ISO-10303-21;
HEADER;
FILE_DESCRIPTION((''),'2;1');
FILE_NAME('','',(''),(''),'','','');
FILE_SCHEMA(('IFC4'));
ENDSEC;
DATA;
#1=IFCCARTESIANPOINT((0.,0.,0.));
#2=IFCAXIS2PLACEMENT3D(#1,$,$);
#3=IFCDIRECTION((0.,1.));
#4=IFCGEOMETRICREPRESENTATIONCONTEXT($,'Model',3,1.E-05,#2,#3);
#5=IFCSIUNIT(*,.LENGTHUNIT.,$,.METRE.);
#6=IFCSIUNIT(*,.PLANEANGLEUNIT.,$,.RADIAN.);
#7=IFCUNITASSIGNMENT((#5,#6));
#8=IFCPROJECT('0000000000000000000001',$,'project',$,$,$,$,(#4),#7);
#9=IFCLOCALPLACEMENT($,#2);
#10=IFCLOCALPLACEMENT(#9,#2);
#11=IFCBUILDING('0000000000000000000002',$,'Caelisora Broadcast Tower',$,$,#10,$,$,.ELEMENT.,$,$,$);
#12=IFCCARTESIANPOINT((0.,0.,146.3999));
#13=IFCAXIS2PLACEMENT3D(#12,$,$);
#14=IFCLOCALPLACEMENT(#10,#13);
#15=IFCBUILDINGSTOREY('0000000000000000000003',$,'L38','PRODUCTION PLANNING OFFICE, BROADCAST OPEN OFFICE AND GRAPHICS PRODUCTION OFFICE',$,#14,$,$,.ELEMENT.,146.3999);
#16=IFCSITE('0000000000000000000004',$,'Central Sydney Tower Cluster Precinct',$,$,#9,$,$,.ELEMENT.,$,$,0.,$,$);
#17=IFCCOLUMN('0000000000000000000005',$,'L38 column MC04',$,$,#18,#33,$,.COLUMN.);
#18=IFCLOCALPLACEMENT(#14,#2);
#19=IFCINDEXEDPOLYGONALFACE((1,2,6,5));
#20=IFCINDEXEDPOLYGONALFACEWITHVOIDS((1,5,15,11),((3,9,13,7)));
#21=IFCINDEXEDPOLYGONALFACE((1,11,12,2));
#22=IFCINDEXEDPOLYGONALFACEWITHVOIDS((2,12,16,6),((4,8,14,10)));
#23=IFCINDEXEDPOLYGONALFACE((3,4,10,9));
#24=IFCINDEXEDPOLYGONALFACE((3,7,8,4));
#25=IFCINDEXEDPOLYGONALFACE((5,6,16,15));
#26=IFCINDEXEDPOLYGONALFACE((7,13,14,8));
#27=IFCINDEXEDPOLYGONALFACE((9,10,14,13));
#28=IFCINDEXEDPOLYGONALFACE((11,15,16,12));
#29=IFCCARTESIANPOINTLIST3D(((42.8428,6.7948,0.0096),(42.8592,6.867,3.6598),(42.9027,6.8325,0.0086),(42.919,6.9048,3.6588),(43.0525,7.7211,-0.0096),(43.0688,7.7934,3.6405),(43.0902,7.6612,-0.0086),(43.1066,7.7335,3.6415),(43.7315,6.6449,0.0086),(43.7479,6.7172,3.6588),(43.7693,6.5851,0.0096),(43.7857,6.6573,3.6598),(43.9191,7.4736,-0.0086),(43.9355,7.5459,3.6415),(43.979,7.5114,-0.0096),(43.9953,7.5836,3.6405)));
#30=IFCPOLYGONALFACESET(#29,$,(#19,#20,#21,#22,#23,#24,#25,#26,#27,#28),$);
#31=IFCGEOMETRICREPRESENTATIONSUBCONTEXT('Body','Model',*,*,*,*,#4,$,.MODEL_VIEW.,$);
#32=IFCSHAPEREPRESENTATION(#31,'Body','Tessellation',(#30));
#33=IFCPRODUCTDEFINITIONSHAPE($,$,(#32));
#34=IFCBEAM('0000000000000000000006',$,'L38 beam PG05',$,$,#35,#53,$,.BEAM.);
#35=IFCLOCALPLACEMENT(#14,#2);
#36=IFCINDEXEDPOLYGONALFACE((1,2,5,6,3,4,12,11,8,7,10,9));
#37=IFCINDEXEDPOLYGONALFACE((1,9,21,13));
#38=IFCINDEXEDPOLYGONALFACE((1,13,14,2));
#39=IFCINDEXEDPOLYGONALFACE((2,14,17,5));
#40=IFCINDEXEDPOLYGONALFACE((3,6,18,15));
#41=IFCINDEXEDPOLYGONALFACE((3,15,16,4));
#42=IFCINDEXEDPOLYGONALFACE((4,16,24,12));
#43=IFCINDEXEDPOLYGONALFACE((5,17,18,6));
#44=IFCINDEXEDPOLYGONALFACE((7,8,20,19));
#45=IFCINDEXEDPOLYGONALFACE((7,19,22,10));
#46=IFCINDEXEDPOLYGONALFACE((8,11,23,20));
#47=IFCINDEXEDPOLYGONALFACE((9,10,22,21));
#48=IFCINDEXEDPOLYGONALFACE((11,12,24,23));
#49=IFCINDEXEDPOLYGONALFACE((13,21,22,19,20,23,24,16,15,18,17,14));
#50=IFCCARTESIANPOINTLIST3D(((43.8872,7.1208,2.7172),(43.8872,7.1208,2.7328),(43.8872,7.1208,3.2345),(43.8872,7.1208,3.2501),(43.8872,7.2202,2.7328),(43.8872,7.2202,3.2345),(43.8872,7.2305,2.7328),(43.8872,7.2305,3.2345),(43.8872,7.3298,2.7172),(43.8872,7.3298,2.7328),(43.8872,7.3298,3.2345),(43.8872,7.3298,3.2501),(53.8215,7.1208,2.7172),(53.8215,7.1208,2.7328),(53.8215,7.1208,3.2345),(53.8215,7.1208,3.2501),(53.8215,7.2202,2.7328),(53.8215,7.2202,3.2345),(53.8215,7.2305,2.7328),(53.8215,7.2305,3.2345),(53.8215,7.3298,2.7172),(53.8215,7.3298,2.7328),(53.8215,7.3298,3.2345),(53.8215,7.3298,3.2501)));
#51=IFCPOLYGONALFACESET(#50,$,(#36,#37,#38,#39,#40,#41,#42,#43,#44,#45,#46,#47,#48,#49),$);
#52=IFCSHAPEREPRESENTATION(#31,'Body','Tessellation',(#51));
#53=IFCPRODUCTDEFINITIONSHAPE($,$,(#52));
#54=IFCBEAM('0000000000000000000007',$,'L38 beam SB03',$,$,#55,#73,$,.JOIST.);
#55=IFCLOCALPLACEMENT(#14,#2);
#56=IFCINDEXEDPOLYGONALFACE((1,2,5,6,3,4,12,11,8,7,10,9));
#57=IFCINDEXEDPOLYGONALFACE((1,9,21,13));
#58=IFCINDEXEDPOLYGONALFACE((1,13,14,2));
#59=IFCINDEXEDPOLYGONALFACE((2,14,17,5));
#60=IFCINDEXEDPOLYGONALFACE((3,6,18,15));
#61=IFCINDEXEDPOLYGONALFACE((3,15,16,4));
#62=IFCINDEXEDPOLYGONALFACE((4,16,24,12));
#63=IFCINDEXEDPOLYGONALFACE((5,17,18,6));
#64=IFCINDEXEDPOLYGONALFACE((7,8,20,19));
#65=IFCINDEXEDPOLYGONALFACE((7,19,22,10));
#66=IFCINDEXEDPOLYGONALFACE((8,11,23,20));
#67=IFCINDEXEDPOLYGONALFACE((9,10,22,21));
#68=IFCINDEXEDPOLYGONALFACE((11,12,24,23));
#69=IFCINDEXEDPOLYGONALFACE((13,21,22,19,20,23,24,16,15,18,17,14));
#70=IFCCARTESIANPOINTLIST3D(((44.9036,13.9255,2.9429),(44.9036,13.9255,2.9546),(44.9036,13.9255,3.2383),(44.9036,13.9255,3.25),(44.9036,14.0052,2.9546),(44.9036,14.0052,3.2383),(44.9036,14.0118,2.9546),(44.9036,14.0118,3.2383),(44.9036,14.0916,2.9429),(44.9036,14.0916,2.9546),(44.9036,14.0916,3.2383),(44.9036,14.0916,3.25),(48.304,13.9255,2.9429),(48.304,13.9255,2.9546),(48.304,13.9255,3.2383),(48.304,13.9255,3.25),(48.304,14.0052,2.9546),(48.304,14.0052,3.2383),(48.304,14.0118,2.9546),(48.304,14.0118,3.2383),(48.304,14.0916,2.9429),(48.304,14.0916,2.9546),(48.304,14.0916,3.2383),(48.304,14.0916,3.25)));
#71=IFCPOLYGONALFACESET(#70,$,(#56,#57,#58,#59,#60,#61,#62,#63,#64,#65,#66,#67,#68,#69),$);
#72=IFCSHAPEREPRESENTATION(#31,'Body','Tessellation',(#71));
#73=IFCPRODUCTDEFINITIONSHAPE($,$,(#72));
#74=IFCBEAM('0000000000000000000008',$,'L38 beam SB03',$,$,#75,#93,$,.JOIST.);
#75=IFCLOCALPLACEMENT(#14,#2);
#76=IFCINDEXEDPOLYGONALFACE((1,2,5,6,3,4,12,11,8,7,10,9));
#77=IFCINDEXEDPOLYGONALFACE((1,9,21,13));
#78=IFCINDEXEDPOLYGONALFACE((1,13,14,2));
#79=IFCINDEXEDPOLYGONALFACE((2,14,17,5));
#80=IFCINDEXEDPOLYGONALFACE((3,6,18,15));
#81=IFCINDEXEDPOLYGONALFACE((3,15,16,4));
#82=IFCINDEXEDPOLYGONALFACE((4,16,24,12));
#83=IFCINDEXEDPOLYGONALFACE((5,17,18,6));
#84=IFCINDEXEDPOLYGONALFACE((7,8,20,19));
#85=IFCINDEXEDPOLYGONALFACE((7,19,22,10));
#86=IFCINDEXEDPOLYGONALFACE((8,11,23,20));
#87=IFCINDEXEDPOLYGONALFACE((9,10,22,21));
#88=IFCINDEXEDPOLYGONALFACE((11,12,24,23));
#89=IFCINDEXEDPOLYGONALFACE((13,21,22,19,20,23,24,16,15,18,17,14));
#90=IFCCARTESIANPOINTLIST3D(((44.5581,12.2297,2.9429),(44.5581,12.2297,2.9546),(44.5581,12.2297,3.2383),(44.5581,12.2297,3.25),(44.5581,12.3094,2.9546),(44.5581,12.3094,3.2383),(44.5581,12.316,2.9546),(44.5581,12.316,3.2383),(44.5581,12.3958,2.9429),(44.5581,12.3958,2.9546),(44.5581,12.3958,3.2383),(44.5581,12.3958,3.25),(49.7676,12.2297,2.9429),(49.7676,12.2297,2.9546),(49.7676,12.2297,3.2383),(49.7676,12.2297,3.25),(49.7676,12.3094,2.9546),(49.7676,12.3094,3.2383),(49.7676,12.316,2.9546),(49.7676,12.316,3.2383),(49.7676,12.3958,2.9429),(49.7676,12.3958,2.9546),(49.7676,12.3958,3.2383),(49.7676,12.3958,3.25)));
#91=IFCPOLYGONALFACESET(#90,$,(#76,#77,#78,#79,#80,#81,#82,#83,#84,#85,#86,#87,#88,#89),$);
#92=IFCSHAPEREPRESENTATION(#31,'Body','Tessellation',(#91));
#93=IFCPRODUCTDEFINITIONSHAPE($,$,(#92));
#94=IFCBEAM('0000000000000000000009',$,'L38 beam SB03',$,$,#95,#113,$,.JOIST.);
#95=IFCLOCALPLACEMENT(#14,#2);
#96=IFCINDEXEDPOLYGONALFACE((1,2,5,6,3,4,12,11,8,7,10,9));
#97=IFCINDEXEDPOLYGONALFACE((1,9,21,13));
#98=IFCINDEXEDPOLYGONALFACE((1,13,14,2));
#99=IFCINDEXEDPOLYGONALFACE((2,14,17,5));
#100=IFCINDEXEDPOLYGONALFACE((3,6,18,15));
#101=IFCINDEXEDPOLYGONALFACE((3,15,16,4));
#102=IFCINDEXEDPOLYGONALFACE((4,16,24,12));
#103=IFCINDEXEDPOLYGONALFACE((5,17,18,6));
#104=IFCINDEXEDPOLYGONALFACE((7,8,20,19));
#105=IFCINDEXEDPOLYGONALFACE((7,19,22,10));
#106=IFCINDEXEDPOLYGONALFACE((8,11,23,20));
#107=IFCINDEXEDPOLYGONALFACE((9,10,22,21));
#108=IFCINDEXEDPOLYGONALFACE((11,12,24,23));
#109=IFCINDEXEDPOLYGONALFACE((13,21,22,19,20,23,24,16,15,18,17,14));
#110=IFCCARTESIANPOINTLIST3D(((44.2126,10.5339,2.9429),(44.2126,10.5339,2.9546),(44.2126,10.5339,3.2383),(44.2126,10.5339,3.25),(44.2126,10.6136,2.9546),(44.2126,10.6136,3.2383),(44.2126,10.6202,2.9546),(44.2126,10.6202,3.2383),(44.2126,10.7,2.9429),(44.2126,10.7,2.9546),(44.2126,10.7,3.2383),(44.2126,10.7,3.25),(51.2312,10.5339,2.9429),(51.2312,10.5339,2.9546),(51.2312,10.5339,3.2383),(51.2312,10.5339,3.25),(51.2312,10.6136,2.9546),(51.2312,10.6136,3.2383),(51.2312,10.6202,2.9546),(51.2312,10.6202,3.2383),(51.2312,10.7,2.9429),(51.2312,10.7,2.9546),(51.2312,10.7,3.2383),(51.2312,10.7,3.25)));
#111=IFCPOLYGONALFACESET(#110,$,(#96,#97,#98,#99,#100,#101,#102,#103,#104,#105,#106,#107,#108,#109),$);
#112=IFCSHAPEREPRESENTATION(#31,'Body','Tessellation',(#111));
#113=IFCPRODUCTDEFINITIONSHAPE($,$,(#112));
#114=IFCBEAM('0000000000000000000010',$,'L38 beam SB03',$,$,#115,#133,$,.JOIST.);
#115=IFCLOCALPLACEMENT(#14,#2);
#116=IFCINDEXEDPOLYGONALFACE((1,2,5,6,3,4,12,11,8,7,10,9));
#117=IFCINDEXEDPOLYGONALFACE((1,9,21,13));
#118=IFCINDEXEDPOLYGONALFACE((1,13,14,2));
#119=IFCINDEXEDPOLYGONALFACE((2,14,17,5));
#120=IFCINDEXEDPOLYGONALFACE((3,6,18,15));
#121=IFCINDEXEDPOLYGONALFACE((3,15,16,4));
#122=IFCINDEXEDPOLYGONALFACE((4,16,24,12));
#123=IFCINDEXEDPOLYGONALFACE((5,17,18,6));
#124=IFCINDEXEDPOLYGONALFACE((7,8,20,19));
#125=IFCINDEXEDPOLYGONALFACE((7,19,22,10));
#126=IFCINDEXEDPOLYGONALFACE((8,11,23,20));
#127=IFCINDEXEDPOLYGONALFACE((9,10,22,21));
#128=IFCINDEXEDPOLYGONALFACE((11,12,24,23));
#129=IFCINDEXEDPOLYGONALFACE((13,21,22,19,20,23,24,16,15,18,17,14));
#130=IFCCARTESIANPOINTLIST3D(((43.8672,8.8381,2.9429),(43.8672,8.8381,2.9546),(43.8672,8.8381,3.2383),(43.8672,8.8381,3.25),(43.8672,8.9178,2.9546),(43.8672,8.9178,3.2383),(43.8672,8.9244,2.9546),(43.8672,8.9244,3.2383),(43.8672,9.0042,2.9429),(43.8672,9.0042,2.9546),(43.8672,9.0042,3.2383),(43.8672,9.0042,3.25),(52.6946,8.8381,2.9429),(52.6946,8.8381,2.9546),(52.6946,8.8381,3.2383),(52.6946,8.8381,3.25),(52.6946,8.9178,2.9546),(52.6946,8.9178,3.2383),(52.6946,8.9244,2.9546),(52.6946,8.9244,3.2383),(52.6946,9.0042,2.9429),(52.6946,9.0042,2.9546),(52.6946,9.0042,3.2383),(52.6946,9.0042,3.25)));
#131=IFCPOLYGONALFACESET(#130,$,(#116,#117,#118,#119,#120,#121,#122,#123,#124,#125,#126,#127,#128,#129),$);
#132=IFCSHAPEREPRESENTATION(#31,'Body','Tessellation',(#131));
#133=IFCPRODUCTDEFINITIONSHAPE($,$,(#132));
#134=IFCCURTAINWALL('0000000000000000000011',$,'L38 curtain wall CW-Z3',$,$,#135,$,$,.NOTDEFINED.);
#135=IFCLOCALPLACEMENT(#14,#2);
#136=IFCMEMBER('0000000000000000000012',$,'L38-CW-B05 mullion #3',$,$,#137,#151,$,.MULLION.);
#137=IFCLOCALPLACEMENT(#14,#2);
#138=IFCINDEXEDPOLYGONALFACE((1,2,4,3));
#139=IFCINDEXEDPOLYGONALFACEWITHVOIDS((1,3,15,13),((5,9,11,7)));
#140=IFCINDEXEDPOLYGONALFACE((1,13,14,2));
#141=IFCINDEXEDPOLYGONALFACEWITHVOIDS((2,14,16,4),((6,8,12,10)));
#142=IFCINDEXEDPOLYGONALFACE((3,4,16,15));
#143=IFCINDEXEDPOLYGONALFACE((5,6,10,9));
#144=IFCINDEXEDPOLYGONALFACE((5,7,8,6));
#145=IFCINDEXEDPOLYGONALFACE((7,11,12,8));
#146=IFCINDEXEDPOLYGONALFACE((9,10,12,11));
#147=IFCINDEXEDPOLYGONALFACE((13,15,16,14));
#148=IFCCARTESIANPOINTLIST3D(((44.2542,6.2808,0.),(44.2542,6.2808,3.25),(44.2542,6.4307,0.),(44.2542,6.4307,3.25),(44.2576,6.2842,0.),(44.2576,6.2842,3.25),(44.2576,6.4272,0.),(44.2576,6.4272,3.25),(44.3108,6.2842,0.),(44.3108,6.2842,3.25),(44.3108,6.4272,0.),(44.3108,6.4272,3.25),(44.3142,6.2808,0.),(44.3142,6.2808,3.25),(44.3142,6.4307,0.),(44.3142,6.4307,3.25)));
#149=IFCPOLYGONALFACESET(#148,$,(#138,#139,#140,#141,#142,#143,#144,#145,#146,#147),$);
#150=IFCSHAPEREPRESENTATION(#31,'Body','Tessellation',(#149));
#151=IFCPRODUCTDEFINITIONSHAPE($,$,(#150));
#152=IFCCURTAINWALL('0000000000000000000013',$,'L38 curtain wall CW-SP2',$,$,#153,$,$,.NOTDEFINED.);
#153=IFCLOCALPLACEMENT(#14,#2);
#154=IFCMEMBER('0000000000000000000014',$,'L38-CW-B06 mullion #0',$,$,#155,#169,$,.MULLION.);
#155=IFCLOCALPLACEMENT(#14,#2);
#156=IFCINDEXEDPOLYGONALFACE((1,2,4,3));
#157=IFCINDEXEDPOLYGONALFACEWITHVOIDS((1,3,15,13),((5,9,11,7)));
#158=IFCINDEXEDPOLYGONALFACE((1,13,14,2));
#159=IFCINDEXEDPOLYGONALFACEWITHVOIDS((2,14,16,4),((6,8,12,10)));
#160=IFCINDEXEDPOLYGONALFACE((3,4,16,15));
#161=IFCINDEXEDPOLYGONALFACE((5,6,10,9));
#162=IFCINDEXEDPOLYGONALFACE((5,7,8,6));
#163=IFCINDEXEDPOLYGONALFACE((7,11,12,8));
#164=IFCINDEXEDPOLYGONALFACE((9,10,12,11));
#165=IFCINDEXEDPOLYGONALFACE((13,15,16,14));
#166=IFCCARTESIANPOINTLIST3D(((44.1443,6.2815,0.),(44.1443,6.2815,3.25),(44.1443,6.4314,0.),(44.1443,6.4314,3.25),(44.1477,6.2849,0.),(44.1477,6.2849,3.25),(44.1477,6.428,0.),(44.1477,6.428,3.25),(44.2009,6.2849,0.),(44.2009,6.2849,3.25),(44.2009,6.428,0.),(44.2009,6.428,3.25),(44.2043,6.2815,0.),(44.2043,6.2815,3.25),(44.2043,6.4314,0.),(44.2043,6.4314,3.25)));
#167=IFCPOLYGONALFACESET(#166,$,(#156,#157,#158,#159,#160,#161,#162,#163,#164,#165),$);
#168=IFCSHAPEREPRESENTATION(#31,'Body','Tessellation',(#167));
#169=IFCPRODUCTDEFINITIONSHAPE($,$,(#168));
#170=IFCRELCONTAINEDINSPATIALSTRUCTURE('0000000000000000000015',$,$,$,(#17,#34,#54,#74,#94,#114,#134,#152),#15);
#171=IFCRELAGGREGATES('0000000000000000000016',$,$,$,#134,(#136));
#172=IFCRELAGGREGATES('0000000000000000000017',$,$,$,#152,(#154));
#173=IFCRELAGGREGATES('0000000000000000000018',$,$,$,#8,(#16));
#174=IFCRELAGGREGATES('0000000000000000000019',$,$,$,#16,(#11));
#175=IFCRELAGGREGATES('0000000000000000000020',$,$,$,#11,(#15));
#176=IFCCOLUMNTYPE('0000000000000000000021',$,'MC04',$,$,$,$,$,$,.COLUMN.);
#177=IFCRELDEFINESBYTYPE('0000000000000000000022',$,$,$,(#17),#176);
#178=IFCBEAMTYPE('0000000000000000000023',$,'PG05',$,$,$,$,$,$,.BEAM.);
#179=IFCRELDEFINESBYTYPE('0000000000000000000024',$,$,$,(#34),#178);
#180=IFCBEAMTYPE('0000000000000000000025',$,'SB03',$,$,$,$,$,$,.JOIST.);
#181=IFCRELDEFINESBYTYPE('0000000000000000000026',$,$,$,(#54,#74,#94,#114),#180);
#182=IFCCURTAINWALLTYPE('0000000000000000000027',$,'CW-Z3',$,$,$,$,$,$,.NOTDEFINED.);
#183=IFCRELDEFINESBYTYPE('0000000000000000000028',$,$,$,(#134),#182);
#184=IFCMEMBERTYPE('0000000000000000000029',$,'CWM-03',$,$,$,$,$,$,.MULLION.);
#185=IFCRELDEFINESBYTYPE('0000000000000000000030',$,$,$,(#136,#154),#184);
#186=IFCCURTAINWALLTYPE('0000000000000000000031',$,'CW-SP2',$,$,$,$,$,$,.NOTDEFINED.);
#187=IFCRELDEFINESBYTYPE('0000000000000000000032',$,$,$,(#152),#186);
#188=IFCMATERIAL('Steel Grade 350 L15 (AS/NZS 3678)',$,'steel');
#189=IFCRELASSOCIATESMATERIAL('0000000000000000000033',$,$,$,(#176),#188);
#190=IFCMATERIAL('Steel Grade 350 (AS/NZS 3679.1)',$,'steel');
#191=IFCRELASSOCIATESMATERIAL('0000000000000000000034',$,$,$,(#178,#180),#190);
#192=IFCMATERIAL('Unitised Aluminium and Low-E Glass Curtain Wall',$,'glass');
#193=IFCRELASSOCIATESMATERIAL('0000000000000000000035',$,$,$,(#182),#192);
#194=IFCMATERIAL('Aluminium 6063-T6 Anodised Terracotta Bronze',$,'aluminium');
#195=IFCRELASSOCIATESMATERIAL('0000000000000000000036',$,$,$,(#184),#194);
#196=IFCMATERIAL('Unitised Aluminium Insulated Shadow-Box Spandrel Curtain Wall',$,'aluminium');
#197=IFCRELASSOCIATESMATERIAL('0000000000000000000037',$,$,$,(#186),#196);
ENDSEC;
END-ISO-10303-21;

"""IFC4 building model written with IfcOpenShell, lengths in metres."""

from ifc_helpers import new_model, si_unit, direction, frame, origin, origin_2d, place, context, subcontext, project, spatial, hollow_rectangle, i_section, extrude, source, transform, mapped, material, material_profile, profile_set, type_object, type_shapes, element, aggregate, save


model = new_model("IFC4")

# Units and contexts
model_context = context("Model", 3, precision=1e-05, world=origin(), true_north=direction((0.0, 1.0)))
body_context = subcontext(model_context, "Body", "Model", "MODEL_VIEW")
ifc_project = project(units=[si_unit("LENGTHUNIT", "METRE"), si_unit("PLANEANGLEUNIT", "RADIAN")], contexts=[model_context])

# Site, building, storey
site_placement = place(None, origin())
site = spatial("IfcSite", under=ifc_project, at=site_placement, Name="Central Sydney Tower Cluster Precinct", CompositionType="ELEMENT", RefElevation=0.0)
building_placement = place(site_placement, origin())
building = spatial("IfcBuilding", under=site, at=building_placement, Name="Caelisora Broadcast Tower", CompositionType="ELEMENT")
storey_placement = place(building_placement, frame((0.0, 0.0, 146.3999)))
storey = spatial("IfcBuildingStorey", under=building, at=storey_placement, Name="L38", Description="PRODUCTION PLANNING OFFICE, BROADCAST OPEN OFFICE AND GRAPHICS PRODUCTION OFFICE", CompositionType="ELEMENT", Elevation=146.3999)

# Column
ifc_material_1 = material(Name="Steel Grade 350 L15 (AS/NZS 3678)", Category="steel")
ifc_material_profile_1 = material_profile(ifc_material_1, hollow_rectangle(XDim=0.95, YDim=0.95, WallThickness=0.05, at=origin_2d()), Name="Steel Grade 350 L15 (AS/NZS 3678)")
ifc_profile_set_1 = profile_set([ifc_material_profile_1], Name="Steel Grade 350 L15 (AS/NZS 3678)")
column_type = type_object("IfcColumnType", Name="MC04", PredefinedType="COLUMN", material=ifc_profile_set_1)
shared_shape_1 = source(origin(), body_context, "Body", "SweptSolid", [
    extrude(hollow_rectangle(XDim=0.95, YDim=0.95, WallThickness=0.05, at=origin_2d()), origin(), (0.0, 0.0, 1.0), 3.6509),
])
type_shapes(column_type, [shared_shape_1])
column_placement = place(storey_placement, frame((43.4109, 7.1531, 0.0), z_axis=(0.00448, 0.019794, 0.999794), x_axis=(-0.975327, 0.220767, 0.0)))
element("IfcColumn", 1, at=column_placement, inside=storey, type_object=column_type, Name="L38 column MC04", PredefinedType="COLUMN", context=body_context, shape_type="MappedRepresentation", body=[
    mapped(shared_shape_1, transform((0.0, 0.0, 0.0), scale=1.0)),
])

# Beams
ifc_material_2 = material(Name="Steel Grade 350 (AS/NZS 3679.1)", Category="steel")
ifc_material_profile_2 = material_profile(ifc_material_2, i_section(OverallWidth=0.209, OverallDepth=0.533, WebThickness=0.0103, FlangeThickness=0.0156, at=origin_2d()), Name="Steel Grade 350 (AS/NZS 3679.1)")
ifc_profile_set_2 = profile_set([ifc_material_profile_2], Name="Steel Grade 350 (AS/NZS 3679.1)")
beam_type_1 = type_object("IfcBeamType", Name="PG05", PredefinedType="BEAM", material=ifc_profile_set_2)
shared_shape_2 = source(origin(), body_context, "Body", "SweptSolid", [
    extrude(i_section(OverallWidth=0.209, OverallDepth=0.533, WebThickness=0.0103, FlangeThickness=0.0156, at=origin_2d()), origin(), (0.0, 0.0, 1.0), 9.9343),
])
type_shapes(beam_type_1, [shared_shape_2])
beam_1_placement = place(storey_placement, frame((43.8872, 7.2253, 2.9836), z_axis=(1.0, 0.0, 0.0), x_axis=(0.0, 1.0, 0.0)))
element("IfcBeam", 2, at=beam_1_placement, inside=storey, type_object=beam_type_1, Name="L38 beam PG05", PredefinedType="BEAM", context=body_context, shape_type="MappedRepresentation", body=[
    mapped(shared_shape_2, transform((0.0, 0.0, 0.0), scale=1.0)),
])
ifc_material_profile_3 = material_profile(ifc_material_2, i_section(OverallWidth=0.166, OverallDepth=0.3071, WebThickness=0.0066, FlangeThickness=0.0117, at=origin_2d()), Name="Steel Grade 350 (AS/NZS 3679.1)")
ifc_profile_set_3 = profile_set([ifc_material_profile_3], Name="Steel Grade 350 (AS/NZS 3679.1)")
beam_type_2 = type_object("IfcBeamType", Name="SB03", PredefinedType="JOIST", material=ifc_profile_set_3)
shared_shape_3 = source(origin(), body_context, "Body", "SweptSolid", [
    extrude(i_section(OverallWidth=0.166, OverallDepth=0.3071, WebThickness=0.0066, FlangeThickness=0.0117, at=origin_2d()), origin(), (0.0, 0.0, 1.0), 3.4004),
])
beam_2_placement = place(storey_placement, frame((44.9036, 14.0085, 3.0964), z_axis=(1.0, 0.0, 0.0), x_axis=(0.0, 1.0, 0.0)))
element("IfcBeam", 3, at=beam_2_placement, inside=storey, type_object=beam_type_2, Name="L38 beam SB03", PredefinedType="JOIST", context=body_context, shape_type="MappedRepresentation", body=[
    mapped(shared_shape_3, transform((0.0, 0.0, 0.0), scale=1.0)),
])
shared_shape_4 = source(origin(), body_context, "Body", "SweptSolid", [
    extrude(i_section(OverallWidth=0.166, OverallDepth=0.3071, WebThickness=0.0066, FlangeThickness=0.0117, at=origin_2d()), origin(), (0.0, 0.0, 1.0), 5.2095),
])
beam_3_placement = place(storey_placement, frame((44.5581, 12.3127, 3.0964), z_axis=(1.0, 0.0, 0.0), x_axis=(0.0, 1.0, 0.0)))
element("IfcBeam", 4, at=beam_3_placement, inside=storey, type_object=beam_type_2, Name="L38 beam SB03", PredefinedType="JOIST", context=body_context, shape_type="MappedRepresentation", body=[
    mapped(shared_shape_4, transform((0.0, 0.0, 0.0), scale=1.0)),
])
shared_shape_5 = source(origin(), body_context, "Body", "SweptSolid", [
    extrude(i_section(OverallWidth=0.166, OverallDepth=0.3071, WebThickness=0.0066, FlangeThickness=0.0117, at=origin_2d()), origin(), (0.0, 0.0, 1.0), 7.0186),
])
beam_4_placement = place(storey_placement, frame((44.2126, 10.6169, 3.0964), z_axis=(1.0, 0.0, 0.0), x_axis=(0.0, 1.0, 0.0)))
element("IfcBeam", 5, at=beam_4_placement, inside=storey, type_object=beam_type_2, Name="L38 beam SB03", PredefinedType="JOIST", context=body_context, shape_type="MappedRepresentation", body=[
    mapped(shared_shape_5, transform((0.0, 0.0, 0.0), scale=1.0)),
])
shared_shape_6 = source(origin(), body_context, "Body", "SweptSolid", [
    extrude(i_section(OverallWidth=0.166, OverallDepth=0.3071, WebThickness=0.0066, FlangeThickness=0.0117, at=origin_2d()), origin(), (0.0, 0.0, 1.0), 8.8274),
])
type_shapes(beam_type_2, [shared_shape_3, shared_shape_4, shared_shape_5, shared_shape_6])
beam_5_placement = place(storey_placement, frame((43.8672, 8.9211, 3.0964), z_axis=(1.0, 0.0, 0.0), x_axis=(0.0, 1.0, 0.0)))
element("IfcBeam", 6, at=beam_5_placement, inside=storey, type_object=beam_type_2, Name="L38 beam SB03", PredefinedType="JOIST", context=body_context, shape_type="MappedRepresentation", body=[
    mapped(shared_shape_6, transform((0.0, 0.0, 0.0), scale=1.0)),
])

# Curtain wall, member
ifc_material_3 = material(Name="Unitised Aluminium and Low-E Glass Curtain Wall", Category="glass")
curtain_wall_type_1 = type_object("IfcCurtainWallType", Name="CW-Z3", PredefinedType="NOTDEFINED", material=ifc_material_3)
curtain_wall_1_placement = place(storey_placement, origin())
curtain_wall_1 = element("IfcCurtainWall", 7, at=curtain_wall_1_placement, inside=storey, type_object=curtain_wall_type_1, Name="L38 curtain wall CW-Z3", PredefinedType="NOTDEFINED")
ifc_material_4 = material(Name="Aluminium 6063-T6 Anodised Terracotta Bronze", Category="aluminium")
ifc_material_profile_4 = material_profile(ifc_material_4, hollow_rectangle(XDim=0.0601, YDim=0.1499, WallThickness=0.0034, at=origin_2d()), Name="Aluminium 6063-T6 Anodised Terracotta Bronze")
ifc_profile_set_4 = profile_set([ifc_material_profile_4], Name="Aluminium 6063-T6 Anodised Terracotta Bronze")
member_type_1 = type_object("IfcMemberType", Name="CWM-03", PredefinedType="MULLION", material=ifc_profile_set_4)
shared_shape_7 = source(origin(), body_context, "Body", "SweptSolid", [
    extrude(hollow_rectangle(XDim=0.0601, YDim=0.1499, WallThickness=0.0034, at=origin_2d()), origin(), (0.0, 0.0, 1.0), 3.25),
])
type_shapes(member_type_1, [shared_shape_7])
member_1_placement = place(storey_placement, frame((44.2842, 6.3557, 0.0), z_axis=(0.0, 0.0, 1.0), x_axis=(1.0, 0.0, 0.0)))
member_1 = element("IfcMember", 8, at=member_1_placement, type_object=member_type_1, Name="L38-CW-B05 mullion #3", PredefinedType="MULLION", context=body_context, shape_type="MappedRepresentation", body=[
    mapped(shared_shape_7, transform((0.0, 0.0, 0.0), scale=1.0)),
])
aggregate(curtain_wall_1, [member_1])

# Curtain wall, member
ifc_material_5 = material(Name="Unitised Aluminium Insulated Shadow-Box Spandrel Curtain Wall", Category="aluminium")
curtain_wall_type_2 = type_object("IfcCurtainWallType", Name="CW-SP2", PredefinedType="NOTDEFINED", material=ifc_material_5)
curtain_wall_2_placement = place(storey_placement, origin())
curtain_wall_2 = element("IfcCurtainWall", 9, at=curtain_wall_2_placement, inside=storey, type_object=curtain_wall_type_2, Name="L38 curtain wall CW-SP2", PredefinedType="NOTDEFINED")
member_2_placement = place(storey_placement, frame((44.1743, 6.3564, 0.0), z_axis=(0.0, 0.0, 1.0), x_axis=(1.0, 0.0, 0.0)))
member_2 = element("IfcMember", 10, at=member_2_placement, type_object=member_type_1, Name="L38-CW-B06 mullion #0", PredefinedType="MULLION", context=body_context, shape_type="MappedRepresentation", body=[
    mapped(shared_shape_7, transform((0.0, 0.0, 0.0), scale=1.0)),
])

aggregate(curtain_wall_2, [member_2])

save(model, "model.ifc")
